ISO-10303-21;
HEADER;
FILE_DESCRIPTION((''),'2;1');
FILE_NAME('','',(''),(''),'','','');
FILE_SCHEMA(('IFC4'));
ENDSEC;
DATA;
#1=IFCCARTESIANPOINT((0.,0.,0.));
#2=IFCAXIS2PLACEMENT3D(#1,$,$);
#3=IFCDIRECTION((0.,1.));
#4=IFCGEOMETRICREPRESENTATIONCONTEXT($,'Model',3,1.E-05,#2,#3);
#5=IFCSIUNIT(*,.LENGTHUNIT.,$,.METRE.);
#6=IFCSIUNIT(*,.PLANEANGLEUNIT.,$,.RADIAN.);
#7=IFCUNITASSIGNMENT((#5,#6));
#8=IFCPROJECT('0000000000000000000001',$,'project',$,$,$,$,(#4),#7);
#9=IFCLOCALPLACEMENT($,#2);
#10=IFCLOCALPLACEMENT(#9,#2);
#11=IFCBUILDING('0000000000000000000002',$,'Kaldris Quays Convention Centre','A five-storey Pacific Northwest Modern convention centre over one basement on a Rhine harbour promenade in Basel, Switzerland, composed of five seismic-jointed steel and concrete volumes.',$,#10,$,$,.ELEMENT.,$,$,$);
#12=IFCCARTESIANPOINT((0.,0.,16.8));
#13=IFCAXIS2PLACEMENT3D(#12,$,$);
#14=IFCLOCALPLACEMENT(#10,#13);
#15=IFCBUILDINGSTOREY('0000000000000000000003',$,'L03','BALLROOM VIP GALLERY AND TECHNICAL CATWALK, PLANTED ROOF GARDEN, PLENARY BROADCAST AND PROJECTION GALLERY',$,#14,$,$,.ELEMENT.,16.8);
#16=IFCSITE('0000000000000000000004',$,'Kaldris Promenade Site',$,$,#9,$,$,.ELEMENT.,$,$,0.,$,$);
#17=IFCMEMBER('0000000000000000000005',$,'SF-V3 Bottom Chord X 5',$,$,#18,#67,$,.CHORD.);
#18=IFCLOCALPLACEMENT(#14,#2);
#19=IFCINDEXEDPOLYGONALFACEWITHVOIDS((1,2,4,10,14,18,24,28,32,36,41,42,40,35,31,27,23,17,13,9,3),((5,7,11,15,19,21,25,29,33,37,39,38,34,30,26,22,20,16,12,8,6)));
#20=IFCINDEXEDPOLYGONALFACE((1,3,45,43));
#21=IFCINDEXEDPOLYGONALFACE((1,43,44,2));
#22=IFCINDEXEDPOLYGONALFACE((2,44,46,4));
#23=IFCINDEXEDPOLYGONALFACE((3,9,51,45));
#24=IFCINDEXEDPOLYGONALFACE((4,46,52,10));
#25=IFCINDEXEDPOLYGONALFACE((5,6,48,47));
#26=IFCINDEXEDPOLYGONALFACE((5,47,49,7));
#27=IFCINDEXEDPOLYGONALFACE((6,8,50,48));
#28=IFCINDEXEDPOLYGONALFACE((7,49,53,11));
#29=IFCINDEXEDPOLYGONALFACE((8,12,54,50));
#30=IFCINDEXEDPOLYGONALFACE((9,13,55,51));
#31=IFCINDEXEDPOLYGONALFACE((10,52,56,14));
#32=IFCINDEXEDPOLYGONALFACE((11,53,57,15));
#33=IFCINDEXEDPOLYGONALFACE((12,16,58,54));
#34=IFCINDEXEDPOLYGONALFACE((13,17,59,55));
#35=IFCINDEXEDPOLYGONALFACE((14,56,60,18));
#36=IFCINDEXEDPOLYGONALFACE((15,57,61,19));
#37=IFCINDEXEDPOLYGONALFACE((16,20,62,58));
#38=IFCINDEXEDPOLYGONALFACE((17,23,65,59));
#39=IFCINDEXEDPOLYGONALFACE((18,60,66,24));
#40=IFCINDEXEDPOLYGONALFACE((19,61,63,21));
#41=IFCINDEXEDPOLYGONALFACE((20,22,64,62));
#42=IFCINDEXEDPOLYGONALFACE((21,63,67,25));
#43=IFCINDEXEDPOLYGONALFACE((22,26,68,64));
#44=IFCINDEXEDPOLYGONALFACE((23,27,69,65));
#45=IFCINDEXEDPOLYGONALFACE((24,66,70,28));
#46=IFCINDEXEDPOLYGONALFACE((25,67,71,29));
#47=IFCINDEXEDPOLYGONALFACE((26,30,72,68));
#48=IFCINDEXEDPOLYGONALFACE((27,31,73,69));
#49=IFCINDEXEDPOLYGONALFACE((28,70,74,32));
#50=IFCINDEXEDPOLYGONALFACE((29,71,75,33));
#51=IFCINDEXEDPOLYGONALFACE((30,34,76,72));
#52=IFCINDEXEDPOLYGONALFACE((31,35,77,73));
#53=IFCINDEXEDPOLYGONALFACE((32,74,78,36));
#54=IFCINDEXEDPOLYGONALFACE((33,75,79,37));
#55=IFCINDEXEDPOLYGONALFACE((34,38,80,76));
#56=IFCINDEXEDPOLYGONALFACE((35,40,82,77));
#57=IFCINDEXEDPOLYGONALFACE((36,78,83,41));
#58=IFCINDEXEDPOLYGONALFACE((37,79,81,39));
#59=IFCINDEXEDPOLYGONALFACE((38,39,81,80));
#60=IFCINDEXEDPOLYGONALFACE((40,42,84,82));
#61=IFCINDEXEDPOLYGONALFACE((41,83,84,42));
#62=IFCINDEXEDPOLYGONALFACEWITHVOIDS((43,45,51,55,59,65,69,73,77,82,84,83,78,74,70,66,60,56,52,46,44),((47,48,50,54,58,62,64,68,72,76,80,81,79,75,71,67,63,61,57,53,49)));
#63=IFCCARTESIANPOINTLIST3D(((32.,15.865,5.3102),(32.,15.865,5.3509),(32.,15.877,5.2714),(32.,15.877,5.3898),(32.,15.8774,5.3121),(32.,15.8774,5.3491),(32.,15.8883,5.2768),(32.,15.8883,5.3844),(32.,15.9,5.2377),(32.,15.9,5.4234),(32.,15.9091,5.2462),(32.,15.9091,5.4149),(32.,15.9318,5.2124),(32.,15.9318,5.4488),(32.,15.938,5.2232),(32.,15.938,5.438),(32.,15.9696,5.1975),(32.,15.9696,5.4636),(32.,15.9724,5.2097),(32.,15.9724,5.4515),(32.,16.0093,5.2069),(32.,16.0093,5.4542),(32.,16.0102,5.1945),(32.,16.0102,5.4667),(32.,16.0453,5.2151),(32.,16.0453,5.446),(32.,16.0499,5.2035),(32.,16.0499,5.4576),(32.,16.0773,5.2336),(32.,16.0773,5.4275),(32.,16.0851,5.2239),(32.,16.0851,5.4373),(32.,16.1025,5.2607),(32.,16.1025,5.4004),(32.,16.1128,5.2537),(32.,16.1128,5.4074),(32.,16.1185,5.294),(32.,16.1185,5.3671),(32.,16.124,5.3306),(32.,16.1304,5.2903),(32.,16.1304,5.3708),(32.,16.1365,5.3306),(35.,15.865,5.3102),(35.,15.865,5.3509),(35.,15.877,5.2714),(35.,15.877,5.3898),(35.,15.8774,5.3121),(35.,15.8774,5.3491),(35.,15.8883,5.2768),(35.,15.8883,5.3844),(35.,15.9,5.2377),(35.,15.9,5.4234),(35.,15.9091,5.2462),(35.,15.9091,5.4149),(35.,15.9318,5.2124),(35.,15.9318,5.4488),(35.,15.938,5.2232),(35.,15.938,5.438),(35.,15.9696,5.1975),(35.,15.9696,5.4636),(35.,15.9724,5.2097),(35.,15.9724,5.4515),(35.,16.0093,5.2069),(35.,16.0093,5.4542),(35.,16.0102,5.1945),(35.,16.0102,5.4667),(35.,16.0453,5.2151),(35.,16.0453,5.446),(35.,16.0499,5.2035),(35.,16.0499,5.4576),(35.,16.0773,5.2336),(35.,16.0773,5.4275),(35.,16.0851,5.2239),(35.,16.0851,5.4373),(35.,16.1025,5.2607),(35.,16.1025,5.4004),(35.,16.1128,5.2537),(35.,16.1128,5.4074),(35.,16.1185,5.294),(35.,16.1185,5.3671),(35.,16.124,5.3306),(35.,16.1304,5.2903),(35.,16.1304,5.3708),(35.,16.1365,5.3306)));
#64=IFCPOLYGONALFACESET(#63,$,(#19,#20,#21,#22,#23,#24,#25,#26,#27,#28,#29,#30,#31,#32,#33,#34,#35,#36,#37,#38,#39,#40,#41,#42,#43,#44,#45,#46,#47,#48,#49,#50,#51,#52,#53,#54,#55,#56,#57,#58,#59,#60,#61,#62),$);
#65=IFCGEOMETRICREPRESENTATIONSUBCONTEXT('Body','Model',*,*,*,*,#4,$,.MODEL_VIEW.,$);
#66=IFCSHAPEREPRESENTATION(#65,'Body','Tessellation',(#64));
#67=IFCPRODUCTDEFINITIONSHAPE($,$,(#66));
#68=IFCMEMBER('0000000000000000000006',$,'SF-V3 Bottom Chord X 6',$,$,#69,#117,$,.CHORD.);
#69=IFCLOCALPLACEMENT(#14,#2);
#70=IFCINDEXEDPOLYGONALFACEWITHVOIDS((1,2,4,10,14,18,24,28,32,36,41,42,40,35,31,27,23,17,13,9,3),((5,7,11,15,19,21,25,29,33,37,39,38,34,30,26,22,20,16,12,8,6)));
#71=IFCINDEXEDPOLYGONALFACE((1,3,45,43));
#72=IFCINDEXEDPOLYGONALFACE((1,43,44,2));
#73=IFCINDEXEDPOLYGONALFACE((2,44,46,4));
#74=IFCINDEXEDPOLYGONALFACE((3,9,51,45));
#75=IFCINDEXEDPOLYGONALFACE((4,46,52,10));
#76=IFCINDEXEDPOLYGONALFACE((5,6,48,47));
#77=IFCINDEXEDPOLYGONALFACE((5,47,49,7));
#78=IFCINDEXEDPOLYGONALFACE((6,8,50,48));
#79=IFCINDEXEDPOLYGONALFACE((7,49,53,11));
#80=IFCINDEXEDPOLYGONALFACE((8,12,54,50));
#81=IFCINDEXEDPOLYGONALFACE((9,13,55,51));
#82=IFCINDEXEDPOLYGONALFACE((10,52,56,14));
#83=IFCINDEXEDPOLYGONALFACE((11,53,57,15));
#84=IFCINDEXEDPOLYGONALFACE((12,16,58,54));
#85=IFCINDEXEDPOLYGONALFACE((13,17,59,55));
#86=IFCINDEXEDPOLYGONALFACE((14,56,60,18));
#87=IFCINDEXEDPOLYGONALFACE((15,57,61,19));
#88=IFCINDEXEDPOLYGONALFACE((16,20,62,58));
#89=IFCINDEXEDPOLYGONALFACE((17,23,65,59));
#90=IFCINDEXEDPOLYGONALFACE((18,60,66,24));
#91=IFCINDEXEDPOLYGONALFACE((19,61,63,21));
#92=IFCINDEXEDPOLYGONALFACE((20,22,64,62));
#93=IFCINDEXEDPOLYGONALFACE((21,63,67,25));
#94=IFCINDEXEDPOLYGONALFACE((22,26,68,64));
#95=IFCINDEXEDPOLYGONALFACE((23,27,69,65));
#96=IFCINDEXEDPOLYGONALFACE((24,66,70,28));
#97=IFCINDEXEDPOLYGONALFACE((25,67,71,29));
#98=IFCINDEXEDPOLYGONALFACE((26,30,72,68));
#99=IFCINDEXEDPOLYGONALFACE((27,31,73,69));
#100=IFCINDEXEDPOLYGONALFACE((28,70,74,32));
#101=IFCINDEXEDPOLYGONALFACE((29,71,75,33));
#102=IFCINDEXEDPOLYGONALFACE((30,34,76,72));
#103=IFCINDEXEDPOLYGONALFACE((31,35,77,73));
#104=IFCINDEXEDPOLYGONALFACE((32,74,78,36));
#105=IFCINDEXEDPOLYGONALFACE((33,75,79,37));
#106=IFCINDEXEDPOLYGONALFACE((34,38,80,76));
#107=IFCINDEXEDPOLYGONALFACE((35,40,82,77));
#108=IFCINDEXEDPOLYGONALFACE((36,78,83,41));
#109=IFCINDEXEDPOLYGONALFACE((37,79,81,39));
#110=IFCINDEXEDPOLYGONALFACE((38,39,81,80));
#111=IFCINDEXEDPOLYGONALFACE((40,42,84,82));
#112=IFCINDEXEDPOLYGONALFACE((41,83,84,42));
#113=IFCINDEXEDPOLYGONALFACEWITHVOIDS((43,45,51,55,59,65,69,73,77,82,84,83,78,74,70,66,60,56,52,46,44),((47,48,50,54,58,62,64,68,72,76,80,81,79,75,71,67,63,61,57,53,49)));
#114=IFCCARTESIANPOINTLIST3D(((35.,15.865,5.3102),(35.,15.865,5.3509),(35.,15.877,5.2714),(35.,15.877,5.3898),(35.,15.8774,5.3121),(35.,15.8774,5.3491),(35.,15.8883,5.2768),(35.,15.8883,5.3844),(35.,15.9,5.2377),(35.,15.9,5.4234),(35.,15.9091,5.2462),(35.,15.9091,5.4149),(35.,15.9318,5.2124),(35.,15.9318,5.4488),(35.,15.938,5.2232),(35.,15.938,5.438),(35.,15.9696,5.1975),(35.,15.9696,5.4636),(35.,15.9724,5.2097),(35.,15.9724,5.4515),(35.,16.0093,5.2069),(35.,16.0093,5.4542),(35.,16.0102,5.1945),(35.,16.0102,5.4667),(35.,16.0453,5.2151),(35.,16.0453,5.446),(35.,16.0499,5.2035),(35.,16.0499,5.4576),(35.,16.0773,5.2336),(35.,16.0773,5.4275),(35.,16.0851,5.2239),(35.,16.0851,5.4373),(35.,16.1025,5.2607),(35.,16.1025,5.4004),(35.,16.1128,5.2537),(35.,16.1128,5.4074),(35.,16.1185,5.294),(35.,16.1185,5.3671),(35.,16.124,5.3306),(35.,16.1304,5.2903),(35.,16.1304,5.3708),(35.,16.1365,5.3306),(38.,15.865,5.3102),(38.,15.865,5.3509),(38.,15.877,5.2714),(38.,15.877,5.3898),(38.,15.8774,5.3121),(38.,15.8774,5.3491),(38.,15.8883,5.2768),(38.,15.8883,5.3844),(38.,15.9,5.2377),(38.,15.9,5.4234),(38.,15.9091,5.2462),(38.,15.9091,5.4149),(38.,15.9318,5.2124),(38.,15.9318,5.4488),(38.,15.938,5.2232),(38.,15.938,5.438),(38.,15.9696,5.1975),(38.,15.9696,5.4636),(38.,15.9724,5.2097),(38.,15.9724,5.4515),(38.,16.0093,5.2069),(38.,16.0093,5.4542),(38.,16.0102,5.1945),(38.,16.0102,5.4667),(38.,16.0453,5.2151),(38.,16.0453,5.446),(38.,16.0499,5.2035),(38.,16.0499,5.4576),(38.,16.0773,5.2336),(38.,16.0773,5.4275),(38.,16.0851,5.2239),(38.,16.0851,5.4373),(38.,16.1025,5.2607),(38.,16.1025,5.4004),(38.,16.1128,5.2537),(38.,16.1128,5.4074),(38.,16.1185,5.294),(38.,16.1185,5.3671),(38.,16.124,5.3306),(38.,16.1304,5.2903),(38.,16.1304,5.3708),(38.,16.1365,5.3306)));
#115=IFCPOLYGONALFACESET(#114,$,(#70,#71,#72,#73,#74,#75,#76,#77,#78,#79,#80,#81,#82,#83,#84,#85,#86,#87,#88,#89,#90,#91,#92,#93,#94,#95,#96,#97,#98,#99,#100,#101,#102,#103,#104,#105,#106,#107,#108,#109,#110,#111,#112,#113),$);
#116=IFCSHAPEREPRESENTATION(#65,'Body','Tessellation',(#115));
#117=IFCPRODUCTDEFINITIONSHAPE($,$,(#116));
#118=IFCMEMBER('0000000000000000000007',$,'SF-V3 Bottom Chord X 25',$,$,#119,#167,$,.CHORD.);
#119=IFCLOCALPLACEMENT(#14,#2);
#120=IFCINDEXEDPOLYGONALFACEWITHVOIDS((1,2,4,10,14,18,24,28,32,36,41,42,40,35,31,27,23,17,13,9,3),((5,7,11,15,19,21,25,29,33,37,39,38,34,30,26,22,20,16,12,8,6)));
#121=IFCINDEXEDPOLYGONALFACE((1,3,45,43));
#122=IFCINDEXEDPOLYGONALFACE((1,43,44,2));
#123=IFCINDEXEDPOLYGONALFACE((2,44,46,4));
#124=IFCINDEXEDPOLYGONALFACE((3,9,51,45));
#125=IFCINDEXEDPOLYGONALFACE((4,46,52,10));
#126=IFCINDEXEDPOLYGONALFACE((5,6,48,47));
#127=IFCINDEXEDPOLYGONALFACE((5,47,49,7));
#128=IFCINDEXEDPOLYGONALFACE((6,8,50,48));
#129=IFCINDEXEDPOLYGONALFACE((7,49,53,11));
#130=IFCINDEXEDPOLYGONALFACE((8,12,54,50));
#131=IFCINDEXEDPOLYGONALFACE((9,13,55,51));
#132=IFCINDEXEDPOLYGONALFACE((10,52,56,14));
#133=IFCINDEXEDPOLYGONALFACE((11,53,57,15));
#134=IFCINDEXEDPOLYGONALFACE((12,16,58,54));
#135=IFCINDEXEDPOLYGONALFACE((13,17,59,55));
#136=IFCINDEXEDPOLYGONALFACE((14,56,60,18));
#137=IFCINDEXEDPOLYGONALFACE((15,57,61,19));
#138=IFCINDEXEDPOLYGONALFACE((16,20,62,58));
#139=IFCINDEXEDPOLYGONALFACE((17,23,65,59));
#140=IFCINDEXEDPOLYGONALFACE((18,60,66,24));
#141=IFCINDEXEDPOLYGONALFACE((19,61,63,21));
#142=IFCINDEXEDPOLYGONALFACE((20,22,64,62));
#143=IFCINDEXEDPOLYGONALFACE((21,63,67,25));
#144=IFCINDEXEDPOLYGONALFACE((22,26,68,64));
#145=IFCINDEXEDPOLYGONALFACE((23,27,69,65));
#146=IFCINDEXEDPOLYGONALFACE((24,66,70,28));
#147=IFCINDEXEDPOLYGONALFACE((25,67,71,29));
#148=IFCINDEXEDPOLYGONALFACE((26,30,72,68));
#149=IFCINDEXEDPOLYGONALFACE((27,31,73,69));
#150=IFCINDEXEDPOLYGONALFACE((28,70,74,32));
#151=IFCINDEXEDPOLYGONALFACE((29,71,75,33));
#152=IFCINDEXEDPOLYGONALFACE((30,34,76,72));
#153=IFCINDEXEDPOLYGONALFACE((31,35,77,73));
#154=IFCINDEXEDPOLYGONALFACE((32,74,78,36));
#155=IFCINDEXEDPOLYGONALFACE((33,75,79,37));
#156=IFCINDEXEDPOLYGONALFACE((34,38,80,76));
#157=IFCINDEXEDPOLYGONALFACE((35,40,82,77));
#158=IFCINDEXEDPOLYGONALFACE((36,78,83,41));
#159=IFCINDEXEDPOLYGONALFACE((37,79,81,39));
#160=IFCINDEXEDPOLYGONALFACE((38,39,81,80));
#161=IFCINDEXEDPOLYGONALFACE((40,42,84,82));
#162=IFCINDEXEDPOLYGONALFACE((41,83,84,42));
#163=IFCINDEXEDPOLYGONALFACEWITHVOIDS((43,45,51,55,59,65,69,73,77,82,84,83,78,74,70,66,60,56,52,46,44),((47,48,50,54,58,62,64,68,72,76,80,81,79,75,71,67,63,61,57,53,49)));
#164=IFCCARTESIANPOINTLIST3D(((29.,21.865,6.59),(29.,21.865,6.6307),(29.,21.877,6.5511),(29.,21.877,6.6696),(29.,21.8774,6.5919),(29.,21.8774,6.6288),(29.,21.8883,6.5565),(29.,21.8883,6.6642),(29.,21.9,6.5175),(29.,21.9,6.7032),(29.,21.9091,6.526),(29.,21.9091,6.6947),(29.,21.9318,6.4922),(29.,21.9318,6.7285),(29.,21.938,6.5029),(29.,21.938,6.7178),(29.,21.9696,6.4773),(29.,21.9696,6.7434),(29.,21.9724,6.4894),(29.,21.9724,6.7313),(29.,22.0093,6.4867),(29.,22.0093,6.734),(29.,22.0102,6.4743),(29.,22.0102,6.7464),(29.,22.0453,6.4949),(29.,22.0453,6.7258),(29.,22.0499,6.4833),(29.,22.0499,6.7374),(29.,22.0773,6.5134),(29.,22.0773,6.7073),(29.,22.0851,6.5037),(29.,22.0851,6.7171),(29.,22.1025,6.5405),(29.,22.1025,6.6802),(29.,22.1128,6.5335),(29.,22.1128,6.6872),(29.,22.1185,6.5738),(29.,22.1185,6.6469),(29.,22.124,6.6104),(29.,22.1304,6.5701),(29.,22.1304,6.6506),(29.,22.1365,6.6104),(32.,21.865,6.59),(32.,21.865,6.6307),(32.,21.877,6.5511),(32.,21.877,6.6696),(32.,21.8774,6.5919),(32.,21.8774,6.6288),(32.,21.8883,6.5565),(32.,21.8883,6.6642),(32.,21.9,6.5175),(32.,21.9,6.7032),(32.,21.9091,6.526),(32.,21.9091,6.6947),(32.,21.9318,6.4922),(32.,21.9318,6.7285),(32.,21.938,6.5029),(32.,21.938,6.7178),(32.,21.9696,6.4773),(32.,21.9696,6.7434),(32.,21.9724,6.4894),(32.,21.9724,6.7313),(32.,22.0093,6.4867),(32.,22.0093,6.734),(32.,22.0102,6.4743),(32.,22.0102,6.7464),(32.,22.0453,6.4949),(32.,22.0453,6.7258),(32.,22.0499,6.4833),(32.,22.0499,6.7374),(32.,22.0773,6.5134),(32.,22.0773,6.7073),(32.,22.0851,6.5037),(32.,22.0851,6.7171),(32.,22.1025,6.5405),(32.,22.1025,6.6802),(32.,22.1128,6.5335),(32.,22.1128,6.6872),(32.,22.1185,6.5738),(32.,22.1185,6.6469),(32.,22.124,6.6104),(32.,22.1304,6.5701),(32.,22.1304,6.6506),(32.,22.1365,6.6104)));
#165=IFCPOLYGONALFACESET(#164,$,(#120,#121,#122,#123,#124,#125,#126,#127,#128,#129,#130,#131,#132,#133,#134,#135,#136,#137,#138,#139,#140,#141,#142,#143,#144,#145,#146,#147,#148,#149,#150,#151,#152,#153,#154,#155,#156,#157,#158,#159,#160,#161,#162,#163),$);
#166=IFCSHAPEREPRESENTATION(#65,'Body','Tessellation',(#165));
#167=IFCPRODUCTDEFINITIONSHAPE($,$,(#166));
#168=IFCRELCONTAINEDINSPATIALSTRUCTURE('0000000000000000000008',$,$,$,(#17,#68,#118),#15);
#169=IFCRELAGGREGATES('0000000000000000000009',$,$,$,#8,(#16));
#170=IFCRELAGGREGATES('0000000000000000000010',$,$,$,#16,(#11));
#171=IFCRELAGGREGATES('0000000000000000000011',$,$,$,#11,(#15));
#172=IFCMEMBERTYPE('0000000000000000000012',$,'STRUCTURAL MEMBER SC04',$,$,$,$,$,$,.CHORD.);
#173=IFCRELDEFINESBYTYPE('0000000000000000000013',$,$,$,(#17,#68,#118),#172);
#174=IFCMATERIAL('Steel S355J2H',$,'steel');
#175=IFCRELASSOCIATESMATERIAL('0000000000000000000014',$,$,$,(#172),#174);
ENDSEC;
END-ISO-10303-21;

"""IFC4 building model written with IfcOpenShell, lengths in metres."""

from ifc_helpers import new_model, si_unit, direction, frame, origin, origin_2d, place, context, subcontext, project, spatial, hollow_circle, extrude, material, material_profile, profile_set, type_object, element, save


model = new_model("IFC4")

# Units and contexts
model_context = context("Model", 3, precision=1e-05, world=origin(), true_north=direction((0.0, 1.0)))
body_context = subcontext(model_context, "Body", "Model", "MODEL_VIEW")
ifc_project = project(units=[si_unit("LENGTHUNIT", "METRE"), si_unit("PLANEANGLEUNIT", "RADIAN")], contexts=[model_context])

# Site, building, storey
site_placement = place(None, origin())
site = spatial("IfcSite", under=ifc_project, at=site_placement, Name="Kaldris Promenade Site", CompositionType="ELEMENT", RefElevation=0.0)
building_placement = place(site_placement, origin())
building = spatial("IfcBuilding", under=site, at=building_placement, Name="Kaldris Quays Convention Centre", Description="A five-storey Pacific Northwest Modern convention centre over one basement on a Rhine harbour promenade in Basel, Switzerland, composed of five seismic-jointed steel and concrete volumes.", CompositionType="ELEMENT")
storey_placement = place(building_placement, frame((0.0, 0.0, 16.8)))
storey = spatial("IfcBuildingStorey", under=building, at=storey_placement, Name="L03", Description="BALLROOM VIP GALLERY AND TECHNICAL CATWALK, PLANTED ROOF GARDEN, PLENARY BROADCAST AND PROJECTION GALLERY", CompositionType="ELEMENT", Elevation=16.8)

# Members
ifc_material_1 = material(Name="Steel S355J2H", Category="steel")
ifc_material_profile_1 = material_profile(ifc_material_1, hollow_circle(Radius=0.1365, WallThickness=0.0125, at=origin_2d()), Name="CHS 273x12.5")
ifc_profile_set_1 = profile_set([ifc_material_profile_1], Name="Steel S355J2H")
member_type_1 = type_object("IfcMemberType", Name="STRUCTURAL MEMBER SC04", PredefinedType="CHORD", material=ifc_profile_set_1)
for number, where, z_axis, x_axis, name in (
    (1, (32.0, 16.0, 5.3306), (1.0, 0.0, 0.0), (0.0, 1.0, 0.0), "SF-V3 Bottom Chord X 5"),
    (2, (35.0, 16.0, 5.3306), (1.0, 0.0, 0.0), (0.0, 1.0, 0.0), "SF-V3 Bottom Chord X 6"),
    (3, (29.0, 22.0, 6.6104), (1.0, 0.0, 0.0), (0.0, 1.0, 0.0), "SF-V3 Bottom Chord X 25"),
):
    element("IfcMember", number, at=place(storey_placement, frame(where, z_axis=z_axis, x_axis=x_axis)), inside=storey, type_object=member_type_1, Name=name, PredefinedType="CHORD", context=body_context, shape_type="SweptSolid", body=[
        extrude(hollow_circle(Radius=0.1365, WallThickness=0.0125, at=origin_2d()), origin(), (0.0, 0.0, 1.0), 3.0),
    ])

save(model, "model.ifc")
